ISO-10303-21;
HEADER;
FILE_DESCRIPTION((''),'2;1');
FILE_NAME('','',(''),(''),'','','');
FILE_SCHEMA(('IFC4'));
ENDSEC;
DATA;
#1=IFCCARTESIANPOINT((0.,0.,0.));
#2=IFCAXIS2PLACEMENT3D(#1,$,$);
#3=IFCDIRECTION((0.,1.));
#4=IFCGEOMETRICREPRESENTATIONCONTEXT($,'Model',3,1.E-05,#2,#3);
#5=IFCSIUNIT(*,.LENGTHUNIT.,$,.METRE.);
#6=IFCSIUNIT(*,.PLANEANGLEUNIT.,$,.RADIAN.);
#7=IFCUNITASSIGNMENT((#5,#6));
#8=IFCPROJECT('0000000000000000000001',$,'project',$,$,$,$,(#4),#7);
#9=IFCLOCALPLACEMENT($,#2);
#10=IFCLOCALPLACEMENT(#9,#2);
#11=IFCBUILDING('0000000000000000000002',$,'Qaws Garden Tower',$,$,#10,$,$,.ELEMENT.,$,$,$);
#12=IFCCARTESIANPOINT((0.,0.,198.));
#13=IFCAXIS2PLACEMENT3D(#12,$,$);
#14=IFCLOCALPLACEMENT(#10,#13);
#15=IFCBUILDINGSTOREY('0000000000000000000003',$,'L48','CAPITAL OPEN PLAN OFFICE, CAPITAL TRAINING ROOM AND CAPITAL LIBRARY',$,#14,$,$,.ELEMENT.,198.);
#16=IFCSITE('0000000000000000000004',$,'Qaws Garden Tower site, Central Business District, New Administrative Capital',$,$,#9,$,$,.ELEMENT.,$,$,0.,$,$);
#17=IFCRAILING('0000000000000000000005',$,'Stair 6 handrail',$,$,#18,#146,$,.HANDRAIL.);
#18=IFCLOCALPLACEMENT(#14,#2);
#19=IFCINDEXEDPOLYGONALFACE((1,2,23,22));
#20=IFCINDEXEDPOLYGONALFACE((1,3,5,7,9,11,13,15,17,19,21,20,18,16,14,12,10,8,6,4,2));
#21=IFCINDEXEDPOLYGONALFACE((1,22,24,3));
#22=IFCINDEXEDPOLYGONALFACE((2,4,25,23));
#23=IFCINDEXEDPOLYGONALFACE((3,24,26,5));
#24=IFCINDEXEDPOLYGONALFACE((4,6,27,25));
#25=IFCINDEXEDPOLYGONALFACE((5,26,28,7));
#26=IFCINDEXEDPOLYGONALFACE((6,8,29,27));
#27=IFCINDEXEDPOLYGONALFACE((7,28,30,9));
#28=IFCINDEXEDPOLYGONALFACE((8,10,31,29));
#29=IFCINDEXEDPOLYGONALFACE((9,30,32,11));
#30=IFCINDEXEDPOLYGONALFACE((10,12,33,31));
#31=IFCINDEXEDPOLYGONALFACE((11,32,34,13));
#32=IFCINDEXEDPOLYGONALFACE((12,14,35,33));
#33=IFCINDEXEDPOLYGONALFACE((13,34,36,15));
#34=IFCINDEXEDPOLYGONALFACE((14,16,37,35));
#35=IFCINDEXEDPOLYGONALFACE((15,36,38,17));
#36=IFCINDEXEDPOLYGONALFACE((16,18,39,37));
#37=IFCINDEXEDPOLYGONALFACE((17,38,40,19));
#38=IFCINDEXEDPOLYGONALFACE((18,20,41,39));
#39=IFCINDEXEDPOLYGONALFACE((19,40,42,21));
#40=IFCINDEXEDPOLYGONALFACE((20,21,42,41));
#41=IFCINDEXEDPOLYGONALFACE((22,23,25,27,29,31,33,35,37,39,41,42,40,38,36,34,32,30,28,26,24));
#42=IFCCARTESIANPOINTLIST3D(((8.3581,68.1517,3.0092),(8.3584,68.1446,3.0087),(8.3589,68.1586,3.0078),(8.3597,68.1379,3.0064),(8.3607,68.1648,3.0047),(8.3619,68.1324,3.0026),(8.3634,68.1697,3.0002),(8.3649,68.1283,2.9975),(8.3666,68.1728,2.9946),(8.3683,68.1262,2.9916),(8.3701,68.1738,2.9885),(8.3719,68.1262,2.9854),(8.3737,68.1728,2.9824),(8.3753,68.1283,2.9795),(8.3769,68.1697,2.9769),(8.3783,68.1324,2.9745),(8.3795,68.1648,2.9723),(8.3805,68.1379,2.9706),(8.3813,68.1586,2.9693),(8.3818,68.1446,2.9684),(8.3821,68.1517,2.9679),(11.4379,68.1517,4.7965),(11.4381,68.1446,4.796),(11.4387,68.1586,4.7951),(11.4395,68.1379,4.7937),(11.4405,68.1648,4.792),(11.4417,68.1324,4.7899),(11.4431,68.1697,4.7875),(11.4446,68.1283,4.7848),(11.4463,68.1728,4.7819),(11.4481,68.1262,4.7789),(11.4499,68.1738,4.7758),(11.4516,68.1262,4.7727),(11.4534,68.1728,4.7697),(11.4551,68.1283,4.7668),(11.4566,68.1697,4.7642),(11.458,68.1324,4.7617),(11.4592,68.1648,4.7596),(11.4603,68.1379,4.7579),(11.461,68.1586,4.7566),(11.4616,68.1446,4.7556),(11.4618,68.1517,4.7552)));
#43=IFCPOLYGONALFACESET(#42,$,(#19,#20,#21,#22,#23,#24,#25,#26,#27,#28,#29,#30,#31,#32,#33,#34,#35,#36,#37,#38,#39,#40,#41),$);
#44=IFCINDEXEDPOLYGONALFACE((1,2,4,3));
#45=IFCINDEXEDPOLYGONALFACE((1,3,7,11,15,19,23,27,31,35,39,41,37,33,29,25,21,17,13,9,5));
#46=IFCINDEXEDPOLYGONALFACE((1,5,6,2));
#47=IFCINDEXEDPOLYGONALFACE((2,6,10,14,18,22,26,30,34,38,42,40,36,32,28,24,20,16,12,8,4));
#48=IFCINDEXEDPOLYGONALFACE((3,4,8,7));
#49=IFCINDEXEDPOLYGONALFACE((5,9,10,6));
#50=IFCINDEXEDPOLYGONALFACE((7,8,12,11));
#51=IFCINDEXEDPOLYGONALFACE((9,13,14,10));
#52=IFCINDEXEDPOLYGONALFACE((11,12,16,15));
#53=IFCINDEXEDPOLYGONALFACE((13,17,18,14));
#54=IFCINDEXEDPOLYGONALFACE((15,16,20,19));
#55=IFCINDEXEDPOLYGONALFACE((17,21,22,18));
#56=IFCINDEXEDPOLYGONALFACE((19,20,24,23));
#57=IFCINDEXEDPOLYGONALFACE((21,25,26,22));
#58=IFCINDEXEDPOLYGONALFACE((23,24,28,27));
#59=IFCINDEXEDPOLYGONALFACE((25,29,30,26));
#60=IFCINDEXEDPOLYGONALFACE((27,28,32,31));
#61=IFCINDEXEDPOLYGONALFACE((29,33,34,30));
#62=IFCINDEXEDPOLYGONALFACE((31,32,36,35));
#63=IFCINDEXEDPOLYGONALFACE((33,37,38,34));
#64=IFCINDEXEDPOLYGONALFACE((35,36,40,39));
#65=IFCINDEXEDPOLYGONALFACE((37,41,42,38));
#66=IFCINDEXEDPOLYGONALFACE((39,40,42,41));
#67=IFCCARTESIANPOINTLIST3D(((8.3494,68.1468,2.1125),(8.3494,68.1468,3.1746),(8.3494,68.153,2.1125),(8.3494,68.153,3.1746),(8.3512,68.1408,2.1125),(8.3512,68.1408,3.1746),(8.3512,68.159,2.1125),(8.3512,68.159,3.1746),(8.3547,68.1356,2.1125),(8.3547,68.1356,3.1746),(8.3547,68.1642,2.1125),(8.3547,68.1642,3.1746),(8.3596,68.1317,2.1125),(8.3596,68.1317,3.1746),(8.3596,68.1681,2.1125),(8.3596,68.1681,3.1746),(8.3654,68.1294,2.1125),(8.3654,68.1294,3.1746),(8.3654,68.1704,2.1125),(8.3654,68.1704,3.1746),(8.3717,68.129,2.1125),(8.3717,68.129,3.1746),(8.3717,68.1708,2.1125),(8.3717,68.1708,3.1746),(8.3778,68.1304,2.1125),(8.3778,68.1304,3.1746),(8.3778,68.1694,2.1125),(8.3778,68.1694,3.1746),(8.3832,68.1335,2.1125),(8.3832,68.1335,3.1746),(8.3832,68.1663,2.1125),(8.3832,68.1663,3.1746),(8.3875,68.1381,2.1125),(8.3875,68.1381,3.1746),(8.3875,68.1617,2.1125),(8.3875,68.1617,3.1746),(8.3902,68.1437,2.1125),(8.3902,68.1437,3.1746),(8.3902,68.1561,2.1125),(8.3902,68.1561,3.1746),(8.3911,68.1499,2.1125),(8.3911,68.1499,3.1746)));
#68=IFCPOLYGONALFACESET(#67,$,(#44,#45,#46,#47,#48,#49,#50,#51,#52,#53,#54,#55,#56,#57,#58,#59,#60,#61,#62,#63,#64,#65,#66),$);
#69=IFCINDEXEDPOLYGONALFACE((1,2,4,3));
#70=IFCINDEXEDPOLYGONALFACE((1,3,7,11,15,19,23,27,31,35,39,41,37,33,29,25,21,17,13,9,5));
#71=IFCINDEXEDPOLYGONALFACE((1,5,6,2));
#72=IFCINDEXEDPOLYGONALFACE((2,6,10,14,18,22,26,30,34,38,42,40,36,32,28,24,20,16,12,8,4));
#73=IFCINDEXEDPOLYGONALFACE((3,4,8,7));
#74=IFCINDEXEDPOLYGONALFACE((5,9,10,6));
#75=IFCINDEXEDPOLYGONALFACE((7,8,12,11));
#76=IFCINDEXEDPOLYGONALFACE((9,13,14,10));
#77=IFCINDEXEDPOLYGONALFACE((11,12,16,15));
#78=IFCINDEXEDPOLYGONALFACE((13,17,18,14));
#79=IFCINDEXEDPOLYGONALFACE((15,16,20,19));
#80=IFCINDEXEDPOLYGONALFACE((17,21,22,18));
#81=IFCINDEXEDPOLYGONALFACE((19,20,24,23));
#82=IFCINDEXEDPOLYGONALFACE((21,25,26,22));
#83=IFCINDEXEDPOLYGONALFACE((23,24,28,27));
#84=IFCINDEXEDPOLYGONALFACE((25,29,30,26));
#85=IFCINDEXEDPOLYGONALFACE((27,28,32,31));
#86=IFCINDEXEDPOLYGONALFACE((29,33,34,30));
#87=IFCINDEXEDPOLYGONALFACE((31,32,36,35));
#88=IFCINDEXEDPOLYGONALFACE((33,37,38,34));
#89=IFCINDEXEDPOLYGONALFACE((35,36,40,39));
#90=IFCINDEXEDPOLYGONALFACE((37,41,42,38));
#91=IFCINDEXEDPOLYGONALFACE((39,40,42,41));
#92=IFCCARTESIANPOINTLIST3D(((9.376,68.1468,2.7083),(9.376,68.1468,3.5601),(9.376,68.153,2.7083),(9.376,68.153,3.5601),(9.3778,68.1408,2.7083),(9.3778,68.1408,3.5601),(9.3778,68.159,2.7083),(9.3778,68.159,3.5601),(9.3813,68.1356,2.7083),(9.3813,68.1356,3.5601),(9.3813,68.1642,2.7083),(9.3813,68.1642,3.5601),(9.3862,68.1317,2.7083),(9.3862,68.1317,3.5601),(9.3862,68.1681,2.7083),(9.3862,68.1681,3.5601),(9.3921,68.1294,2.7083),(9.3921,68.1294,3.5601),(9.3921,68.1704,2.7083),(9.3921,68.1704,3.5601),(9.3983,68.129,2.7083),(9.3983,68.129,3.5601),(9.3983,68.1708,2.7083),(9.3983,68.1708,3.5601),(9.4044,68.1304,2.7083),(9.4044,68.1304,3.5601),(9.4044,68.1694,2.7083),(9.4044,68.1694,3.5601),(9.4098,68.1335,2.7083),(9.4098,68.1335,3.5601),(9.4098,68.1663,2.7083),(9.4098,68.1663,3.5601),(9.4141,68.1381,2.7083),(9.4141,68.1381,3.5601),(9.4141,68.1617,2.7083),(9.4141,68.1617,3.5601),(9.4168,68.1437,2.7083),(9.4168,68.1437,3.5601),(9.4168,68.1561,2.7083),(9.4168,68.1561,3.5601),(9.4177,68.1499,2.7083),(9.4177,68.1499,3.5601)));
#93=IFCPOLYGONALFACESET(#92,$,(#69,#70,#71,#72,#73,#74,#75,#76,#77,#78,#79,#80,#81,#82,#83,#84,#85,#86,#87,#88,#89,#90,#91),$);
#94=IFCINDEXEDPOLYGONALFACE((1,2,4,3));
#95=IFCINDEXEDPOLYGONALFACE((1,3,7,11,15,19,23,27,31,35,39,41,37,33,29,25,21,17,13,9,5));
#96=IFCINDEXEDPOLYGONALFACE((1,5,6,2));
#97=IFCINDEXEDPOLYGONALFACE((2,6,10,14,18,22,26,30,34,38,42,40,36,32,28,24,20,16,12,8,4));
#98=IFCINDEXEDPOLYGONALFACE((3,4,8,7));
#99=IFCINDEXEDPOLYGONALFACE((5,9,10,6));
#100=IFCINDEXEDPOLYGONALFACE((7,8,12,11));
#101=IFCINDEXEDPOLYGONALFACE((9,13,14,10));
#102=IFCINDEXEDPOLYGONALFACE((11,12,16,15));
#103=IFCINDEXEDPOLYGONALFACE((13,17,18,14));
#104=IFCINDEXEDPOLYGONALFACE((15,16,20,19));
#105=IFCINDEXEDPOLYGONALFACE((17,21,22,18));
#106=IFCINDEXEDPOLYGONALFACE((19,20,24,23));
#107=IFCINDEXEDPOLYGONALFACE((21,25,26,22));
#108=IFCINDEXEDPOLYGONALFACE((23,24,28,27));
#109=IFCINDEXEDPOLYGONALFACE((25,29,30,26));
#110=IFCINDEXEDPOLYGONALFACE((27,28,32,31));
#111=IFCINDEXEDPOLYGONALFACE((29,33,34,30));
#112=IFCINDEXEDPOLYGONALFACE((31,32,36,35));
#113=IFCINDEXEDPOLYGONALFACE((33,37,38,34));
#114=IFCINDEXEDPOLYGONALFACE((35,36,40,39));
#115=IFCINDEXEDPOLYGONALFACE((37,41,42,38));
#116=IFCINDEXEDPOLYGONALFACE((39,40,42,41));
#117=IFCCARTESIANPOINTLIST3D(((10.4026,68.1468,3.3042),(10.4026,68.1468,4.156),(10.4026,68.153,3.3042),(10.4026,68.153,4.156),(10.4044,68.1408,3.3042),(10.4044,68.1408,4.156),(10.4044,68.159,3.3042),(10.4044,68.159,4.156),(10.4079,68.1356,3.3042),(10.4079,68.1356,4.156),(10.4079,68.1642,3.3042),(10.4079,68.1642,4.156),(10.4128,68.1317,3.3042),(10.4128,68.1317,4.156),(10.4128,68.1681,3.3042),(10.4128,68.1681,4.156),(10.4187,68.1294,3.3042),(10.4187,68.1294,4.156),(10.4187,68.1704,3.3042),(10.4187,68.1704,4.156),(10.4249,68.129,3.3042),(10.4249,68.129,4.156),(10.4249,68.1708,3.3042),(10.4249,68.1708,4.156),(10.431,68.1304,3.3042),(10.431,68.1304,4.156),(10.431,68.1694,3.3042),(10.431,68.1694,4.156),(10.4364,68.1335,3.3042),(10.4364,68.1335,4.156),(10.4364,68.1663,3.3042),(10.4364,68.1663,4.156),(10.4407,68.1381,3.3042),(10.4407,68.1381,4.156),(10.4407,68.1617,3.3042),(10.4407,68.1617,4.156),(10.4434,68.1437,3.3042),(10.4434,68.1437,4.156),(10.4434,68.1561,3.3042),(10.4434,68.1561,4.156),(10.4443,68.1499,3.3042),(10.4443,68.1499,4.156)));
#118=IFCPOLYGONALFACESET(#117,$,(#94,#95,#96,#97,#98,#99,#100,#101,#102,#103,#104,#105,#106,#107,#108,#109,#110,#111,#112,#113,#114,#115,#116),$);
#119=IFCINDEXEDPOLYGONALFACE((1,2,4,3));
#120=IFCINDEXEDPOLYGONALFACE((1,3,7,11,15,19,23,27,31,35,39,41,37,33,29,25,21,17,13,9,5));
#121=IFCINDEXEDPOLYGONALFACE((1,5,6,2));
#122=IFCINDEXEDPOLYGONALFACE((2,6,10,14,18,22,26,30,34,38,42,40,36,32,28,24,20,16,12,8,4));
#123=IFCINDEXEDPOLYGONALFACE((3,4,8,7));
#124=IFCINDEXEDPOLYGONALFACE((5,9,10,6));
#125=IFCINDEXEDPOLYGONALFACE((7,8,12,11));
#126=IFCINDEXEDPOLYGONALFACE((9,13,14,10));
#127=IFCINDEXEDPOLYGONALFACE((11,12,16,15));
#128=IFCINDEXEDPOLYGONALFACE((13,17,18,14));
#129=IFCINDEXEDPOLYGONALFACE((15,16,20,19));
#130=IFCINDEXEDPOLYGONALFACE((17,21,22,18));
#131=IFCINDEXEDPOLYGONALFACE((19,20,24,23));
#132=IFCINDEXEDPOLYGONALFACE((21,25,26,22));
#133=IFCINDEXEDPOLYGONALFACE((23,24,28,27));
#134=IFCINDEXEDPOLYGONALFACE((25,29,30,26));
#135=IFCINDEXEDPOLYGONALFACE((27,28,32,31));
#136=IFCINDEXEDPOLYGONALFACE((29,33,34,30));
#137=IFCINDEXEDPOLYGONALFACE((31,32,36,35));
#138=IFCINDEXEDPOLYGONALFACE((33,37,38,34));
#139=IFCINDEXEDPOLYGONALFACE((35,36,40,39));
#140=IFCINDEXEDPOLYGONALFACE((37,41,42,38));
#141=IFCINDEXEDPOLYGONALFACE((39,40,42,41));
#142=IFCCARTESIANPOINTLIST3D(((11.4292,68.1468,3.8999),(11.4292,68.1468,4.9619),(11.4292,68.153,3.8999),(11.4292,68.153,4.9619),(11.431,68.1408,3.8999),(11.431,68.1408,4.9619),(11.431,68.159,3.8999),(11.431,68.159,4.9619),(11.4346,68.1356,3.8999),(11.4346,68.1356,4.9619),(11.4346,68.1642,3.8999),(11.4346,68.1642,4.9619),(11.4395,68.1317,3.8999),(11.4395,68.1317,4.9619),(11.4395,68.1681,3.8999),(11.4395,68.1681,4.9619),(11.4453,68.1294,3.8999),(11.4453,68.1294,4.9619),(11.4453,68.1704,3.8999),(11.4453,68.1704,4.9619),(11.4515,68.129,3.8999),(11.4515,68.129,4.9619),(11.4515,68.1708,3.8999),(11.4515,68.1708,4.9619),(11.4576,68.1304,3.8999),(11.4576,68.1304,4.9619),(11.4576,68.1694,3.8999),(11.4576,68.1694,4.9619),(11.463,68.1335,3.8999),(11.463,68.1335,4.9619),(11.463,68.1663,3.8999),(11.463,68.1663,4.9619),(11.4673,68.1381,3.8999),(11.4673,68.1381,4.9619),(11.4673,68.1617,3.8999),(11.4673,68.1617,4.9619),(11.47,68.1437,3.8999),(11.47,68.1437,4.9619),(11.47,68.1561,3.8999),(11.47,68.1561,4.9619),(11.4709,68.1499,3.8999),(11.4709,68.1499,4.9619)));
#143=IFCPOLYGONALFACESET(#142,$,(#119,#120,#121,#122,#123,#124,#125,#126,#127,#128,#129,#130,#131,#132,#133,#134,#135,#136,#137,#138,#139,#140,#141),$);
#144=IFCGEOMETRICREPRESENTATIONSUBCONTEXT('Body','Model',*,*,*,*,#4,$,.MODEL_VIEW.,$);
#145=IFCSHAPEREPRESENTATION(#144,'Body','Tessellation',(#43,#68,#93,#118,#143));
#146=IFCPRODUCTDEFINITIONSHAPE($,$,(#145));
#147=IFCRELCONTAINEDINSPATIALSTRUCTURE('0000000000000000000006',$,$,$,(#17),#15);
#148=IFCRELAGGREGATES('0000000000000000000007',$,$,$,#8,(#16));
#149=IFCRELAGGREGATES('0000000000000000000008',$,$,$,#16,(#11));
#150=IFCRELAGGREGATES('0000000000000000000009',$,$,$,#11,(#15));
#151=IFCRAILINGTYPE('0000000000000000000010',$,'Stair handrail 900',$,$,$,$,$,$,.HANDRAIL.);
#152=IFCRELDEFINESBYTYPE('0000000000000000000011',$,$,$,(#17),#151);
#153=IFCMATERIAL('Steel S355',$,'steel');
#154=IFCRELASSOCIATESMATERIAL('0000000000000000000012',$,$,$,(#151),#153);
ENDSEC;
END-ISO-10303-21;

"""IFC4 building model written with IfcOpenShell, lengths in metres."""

from ifc_helpers import new_model, si_unit, direction, frame, origin, origin_2d, place, context, subcontext, project, spatial, circle, extrude, material, type_object, element, save


model = new_model("IFC4")

# Units and contexts
model_context = context("Model", 3, precision=1e-05, world=origin(), true_north=direction((0.0, 1.0)))
body_context = subcontext(model_context, "Body", "Model", "MODEL_VIEW")
ifc_project = project(units=[si_unit("LENGTHUNIT", "METRE"), si_unit("PLANEANGLEUNIT", "RADIAN")], contexts=[model_context])

# Site, building, storey
site_placement = place(None, origin())
site = spatial("IfcSite", under=ifc_project, at=site_placement, Name="Qaws Garden Tower site, Central Business District, New Administrative Capital", CompositionType="ELEMENT", RefElevation=0.0)
building_placement = place(site_placement, origin())
building = spatial("IfcBuilding", under=site, at=building_placement, Name="Qaws Garden Tower", CompositionType="ELEMENT")
storey_placement = place(building_placement, frame((0.0, 0.0, 198.0)))
storey = spatial("IfcBuildingStorey", under=building, at=storey_placement, Name="L48", Description="CAPITAL OPEN PLAN OFFICE, CAPITAL TRAINING ROOM AND CAPITAL LIBRARY", CompositionType="ELEMENT", Elevation=198.0)

# Railing
ifc_material_1 = material(Name="Steel S355", Category="steel")
railing_type = type_object("IfcRailingType", Name="Stair handrail 900", PredefinedType="HANDRAIL", material=ifc_material_1)
railing_1_placement = place(storey_placement, frame((8.3701, 68.1499, 2.1125)))
element("IfcRailing", 1, at=railing_1_placement, inside=storey, type_object=railing_type, Name="Stair 6 handrail", PredefinedType="HANDRAIL", context=body_context, shape_type="SweptSolid", body=[
    extrude(circle(Radius=0.0239, at=origin_2d()), frame((0.0, 0.0, 0.876), z_axis=(0.864903, 0.0, 0.501939), x_axis=(0.0, 1.0, 0.0)), (0.0, 0.0, 1.0), 3.5608),
    extrude(circle(Radius=0.021, at=origin_2d()), origin(), (0.0, 0.0, 1.0), 1.062),
    extrude(circle(Radius=0.021, at=origin_2d()), frame((1.0266, 0.0, 0.5957)), (0.0, 0.0, 1.0), 0.8518),
    extrude(circle(Radius=0.021, at=origin_2d()), frame((2.0532, 0.0, 1.1917)), (0.0, 0.0, 1.0), 0.8518),
    extrude(circle(Radius=0.021, at=origin_2d()), frame((3.0798, 0.0, 1.7874)), (0.0, 0.0, 1.0), 1.062),
])

save(model, "model.ifc")
